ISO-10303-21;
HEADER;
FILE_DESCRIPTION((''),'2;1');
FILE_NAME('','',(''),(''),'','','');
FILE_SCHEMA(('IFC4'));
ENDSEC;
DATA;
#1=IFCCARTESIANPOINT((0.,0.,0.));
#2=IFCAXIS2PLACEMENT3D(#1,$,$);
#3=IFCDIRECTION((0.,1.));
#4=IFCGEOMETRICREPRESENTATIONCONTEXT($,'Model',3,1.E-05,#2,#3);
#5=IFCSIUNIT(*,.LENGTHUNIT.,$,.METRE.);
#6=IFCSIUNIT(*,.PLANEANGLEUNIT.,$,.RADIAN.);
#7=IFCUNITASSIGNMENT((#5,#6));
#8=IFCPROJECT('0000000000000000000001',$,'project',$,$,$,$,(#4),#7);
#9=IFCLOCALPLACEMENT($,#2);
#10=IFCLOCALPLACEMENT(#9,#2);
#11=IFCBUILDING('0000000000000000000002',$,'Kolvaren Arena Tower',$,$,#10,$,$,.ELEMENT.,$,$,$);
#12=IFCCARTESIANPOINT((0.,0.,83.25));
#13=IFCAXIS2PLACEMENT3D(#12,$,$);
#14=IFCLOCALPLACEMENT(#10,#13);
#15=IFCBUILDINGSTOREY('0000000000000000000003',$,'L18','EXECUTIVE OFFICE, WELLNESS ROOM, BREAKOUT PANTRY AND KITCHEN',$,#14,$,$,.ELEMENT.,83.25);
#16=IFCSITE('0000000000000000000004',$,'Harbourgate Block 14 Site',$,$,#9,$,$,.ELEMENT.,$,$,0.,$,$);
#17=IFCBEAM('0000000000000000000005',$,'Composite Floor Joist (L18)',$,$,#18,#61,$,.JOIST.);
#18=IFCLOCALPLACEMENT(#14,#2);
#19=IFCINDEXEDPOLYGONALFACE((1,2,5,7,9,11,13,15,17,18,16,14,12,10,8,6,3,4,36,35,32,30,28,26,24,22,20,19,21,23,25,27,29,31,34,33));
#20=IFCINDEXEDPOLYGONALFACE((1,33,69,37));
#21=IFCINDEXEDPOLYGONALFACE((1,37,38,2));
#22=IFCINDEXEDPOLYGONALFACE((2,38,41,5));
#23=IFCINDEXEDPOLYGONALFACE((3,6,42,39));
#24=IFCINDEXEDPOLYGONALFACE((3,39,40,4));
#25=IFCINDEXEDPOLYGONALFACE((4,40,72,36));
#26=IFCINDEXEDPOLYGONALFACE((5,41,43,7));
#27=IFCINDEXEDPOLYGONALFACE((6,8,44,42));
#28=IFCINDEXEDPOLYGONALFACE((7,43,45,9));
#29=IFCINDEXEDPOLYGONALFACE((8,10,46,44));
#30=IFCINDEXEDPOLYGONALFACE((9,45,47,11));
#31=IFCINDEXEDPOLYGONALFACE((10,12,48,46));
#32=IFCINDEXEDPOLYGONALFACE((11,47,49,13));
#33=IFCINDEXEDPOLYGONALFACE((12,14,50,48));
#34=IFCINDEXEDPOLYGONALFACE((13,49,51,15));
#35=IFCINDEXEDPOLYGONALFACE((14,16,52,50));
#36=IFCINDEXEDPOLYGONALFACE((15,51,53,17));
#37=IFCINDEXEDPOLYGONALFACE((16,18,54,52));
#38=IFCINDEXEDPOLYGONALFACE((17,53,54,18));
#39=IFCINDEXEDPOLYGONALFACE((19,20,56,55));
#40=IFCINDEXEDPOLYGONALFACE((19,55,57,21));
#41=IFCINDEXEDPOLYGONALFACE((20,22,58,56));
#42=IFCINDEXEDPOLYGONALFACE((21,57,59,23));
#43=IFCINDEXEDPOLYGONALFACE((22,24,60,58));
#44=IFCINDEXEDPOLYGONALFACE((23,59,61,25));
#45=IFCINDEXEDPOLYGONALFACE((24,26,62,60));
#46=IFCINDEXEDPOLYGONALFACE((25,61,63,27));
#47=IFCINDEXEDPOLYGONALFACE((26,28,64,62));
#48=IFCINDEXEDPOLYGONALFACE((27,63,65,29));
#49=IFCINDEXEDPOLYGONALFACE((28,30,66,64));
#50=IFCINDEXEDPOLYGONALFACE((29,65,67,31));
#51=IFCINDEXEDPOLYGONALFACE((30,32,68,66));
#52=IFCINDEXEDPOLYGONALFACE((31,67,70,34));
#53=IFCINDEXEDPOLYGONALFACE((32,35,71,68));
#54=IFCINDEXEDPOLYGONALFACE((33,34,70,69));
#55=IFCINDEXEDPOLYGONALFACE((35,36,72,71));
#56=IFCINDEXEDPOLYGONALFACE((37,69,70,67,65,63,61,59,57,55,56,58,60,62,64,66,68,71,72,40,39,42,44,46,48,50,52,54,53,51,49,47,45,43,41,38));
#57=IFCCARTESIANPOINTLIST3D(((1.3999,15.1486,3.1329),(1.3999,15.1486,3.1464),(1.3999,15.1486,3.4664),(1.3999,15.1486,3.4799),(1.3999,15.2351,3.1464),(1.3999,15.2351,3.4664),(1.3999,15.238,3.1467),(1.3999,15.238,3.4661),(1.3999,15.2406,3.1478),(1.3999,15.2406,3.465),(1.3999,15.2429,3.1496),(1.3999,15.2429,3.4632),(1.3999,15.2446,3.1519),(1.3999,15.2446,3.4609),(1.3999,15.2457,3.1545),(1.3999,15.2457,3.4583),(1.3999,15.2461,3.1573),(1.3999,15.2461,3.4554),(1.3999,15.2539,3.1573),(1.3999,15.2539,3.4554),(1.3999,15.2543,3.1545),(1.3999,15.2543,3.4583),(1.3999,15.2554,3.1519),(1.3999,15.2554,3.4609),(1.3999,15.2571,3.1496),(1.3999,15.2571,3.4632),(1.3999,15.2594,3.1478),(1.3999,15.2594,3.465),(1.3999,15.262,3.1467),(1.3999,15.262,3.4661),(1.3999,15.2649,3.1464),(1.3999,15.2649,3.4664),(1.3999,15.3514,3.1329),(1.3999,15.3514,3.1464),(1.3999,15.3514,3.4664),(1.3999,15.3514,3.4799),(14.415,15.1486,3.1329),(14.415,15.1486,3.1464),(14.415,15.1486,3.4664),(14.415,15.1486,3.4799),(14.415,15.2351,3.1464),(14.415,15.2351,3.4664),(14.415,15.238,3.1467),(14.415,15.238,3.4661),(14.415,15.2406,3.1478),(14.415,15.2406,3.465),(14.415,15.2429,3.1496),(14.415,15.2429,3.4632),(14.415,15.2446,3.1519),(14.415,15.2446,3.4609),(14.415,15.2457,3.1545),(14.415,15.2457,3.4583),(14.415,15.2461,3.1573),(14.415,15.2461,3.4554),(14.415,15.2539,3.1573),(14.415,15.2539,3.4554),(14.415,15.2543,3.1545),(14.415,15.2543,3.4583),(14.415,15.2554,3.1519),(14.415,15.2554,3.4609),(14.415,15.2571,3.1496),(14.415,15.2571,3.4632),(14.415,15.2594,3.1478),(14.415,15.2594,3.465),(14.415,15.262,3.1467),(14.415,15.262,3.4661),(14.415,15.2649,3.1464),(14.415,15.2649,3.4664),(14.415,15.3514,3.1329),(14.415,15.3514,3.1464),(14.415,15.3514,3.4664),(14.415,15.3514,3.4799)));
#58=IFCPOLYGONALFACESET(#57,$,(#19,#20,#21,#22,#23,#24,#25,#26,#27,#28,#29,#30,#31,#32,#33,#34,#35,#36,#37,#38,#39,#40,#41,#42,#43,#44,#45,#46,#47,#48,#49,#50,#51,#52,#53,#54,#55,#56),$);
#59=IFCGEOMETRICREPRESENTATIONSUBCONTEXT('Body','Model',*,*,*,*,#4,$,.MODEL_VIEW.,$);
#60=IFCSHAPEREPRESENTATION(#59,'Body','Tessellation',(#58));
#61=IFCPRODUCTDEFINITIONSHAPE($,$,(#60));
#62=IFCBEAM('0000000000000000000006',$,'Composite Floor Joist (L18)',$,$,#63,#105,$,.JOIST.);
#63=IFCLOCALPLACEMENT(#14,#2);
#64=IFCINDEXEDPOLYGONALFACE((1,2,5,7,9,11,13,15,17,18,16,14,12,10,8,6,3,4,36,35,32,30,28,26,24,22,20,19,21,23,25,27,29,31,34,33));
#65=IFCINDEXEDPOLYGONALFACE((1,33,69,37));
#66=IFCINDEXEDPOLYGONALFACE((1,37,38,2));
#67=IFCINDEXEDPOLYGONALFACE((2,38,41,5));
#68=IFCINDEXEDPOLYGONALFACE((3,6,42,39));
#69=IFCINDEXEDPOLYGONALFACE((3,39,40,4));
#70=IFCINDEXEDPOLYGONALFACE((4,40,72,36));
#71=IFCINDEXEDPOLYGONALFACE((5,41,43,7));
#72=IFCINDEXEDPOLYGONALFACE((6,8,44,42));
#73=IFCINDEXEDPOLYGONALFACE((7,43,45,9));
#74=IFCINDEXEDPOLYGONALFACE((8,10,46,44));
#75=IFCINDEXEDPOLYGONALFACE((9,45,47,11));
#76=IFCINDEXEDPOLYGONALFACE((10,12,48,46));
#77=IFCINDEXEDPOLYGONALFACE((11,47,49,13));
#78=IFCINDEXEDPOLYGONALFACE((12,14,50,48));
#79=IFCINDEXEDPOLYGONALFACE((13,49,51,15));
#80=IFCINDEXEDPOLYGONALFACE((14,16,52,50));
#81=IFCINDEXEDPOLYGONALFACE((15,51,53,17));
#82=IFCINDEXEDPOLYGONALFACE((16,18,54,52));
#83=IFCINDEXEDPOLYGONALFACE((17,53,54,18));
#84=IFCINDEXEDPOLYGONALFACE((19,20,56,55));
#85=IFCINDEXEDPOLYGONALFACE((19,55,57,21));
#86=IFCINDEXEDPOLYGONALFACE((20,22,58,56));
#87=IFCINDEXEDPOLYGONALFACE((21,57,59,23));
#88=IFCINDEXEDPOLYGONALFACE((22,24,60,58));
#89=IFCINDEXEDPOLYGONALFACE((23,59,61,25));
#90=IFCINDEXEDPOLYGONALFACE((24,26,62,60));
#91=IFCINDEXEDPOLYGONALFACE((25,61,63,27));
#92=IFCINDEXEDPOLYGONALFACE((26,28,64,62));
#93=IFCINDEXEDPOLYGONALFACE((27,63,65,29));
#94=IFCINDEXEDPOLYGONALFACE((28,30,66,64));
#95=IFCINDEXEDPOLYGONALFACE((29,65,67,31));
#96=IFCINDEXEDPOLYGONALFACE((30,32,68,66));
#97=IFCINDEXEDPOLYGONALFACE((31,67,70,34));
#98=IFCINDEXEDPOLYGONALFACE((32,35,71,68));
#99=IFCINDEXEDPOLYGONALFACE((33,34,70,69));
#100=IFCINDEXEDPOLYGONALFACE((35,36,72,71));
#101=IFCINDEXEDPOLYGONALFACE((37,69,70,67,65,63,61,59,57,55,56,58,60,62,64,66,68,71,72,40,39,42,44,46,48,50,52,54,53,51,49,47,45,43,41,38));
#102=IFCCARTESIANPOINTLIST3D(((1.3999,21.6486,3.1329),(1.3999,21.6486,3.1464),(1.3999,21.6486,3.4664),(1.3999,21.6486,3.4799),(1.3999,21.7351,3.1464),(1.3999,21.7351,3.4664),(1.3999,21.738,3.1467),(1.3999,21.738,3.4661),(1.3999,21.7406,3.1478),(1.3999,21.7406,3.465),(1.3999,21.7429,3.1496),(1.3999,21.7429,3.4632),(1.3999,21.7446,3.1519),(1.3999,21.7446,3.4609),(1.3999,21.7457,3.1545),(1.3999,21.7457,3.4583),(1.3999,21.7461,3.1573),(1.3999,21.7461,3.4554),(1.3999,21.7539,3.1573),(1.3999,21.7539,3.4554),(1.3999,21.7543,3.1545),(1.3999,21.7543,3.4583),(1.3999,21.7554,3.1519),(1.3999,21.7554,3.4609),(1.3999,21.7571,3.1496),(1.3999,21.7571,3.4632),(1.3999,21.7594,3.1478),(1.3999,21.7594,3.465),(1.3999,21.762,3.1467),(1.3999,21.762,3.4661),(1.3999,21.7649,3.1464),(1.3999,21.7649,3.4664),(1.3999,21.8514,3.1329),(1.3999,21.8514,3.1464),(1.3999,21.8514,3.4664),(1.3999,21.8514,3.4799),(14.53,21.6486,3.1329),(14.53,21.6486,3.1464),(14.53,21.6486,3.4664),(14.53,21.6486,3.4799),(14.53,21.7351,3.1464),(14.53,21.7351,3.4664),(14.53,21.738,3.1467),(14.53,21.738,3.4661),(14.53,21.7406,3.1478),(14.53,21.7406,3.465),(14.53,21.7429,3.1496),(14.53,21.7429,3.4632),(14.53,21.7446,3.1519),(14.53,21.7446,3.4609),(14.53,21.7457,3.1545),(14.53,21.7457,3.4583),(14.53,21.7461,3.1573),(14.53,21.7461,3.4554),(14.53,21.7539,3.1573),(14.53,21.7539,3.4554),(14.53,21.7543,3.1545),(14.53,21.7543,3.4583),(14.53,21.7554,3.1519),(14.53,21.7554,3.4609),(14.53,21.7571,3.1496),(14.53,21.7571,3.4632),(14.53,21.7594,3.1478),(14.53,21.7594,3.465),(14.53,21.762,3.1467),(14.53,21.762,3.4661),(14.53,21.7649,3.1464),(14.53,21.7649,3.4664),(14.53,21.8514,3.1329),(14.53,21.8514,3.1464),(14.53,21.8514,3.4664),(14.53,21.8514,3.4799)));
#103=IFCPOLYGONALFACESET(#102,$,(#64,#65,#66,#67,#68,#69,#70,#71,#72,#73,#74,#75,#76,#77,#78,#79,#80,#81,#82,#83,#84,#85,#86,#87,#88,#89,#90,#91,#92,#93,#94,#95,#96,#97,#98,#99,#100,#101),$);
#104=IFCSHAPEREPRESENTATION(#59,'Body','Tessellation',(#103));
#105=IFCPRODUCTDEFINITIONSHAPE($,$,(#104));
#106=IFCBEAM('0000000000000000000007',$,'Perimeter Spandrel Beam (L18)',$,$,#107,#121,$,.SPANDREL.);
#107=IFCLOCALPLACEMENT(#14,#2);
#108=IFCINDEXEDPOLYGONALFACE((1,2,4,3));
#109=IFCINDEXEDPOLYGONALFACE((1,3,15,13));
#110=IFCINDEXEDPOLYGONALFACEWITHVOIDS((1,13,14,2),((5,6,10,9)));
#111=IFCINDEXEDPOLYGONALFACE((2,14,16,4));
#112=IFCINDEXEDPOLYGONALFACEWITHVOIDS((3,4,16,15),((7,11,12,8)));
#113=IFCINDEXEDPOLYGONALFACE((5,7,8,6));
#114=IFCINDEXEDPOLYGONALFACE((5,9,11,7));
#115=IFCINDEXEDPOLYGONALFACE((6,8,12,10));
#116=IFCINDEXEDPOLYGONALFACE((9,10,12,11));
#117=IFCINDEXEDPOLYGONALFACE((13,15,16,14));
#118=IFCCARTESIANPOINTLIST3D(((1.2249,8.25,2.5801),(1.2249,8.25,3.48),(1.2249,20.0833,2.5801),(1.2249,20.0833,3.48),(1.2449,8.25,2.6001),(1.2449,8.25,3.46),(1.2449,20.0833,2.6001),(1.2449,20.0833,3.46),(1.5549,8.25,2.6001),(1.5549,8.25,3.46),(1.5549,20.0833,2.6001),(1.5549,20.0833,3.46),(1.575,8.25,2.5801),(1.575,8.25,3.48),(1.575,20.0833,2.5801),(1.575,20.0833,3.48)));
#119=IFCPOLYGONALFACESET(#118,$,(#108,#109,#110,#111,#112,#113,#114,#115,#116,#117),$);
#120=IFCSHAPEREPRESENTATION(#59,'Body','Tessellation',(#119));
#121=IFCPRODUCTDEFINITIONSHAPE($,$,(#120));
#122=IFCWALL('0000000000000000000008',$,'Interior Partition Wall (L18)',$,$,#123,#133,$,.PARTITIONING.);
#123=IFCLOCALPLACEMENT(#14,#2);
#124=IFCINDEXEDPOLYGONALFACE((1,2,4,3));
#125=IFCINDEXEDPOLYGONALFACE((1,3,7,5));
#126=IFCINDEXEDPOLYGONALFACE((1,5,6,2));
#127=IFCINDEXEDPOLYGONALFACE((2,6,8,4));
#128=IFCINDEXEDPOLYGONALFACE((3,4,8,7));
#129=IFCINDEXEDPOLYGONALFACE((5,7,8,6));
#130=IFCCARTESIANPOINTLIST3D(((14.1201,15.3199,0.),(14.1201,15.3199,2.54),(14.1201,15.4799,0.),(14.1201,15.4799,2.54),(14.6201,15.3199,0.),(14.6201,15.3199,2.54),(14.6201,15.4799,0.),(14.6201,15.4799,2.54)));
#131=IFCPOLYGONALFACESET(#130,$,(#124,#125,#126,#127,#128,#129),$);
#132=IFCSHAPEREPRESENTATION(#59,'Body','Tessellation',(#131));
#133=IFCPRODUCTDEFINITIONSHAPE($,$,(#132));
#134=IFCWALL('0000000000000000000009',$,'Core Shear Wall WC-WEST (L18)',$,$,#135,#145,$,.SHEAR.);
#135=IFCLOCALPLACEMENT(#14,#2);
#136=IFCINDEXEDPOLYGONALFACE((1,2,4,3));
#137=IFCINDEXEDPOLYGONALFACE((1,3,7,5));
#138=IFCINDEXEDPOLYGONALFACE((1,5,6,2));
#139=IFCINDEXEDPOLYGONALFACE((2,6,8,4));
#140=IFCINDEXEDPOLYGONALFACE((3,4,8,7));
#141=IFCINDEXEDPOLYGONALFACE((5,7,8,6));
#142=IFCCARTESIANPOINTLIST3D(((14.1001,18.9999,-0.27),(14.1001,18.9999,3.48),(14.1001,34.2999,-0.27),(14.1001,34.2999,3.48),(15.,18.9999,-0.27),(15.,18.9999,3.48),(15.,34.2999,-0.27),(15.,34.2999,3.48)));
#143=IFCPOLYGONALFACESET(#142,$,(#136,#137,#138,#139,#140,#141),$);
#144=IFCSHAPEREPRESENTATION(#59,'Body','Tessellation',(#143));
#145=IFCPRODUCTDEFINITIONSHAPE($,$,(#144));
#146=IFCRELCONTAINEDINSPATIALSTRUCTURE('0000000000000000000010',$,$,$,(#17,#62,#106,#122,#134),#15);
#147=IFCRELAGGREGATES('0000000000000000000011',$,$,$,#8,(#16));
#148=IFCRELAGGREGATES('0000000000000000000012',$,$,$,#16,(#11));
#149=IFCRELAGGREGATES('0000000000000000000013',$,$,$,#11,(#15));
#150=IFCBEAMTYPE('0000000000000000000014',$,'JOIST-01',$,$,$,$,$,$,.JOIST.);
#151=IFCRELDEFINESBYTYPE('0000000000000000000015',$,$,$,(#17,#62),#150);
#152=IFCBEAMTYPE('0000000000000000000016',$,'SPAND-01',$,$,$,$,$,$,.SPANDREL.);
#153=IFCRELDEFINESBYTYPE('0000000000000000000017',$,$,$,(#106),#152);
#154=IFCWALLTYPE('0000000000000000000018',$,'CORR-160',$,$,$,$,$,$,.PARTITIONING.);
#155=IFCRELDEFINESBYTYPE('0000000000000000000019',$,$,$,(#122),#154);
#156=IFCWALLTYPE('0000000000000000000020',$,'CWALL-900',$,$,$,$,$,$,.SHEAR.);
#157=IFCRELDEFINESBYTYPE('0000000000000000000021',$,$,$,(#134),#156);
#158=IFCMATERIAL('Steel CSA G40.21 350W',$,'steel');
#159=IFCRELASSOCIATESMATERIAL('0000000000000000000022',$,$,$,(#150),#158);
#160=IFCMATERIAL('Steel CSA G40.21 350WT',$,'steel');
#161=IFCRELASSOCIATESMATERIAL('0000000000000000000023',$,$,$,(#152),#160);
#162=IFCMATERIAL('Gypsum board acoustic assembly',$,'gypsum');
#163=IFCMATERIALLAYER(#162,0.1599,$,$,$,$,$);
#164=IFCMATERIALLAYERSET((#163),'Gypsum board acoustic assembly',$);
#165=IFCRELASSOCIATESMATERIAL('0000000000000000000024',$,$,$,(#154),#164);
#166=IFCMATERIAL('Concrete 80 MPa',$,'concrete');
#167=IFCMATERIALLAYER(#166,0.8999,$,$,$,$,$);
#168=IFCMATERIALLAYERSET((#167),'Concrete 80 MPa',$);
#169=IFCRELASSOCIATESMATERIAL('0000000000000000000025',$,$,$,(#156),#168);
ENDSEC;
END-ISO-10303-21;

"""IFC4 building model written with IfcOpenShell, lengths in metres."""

from ifc_helpers import new_model, si_unit, direction, frame, frame_2d, origin, origin_2d, place, context, subcontext, project, spatial, rectangle, hollow_rectangle, i_section, extrude, material, layer, layer_set, material_profile, profile_set, type_object, element, save


model = new_model("IFC4")

# Units and contexts
model_context = context("Model", 3, precision=1e-05, world=origin(), true_north=direction((0.0, 1.0)))
body_context = subcontext(model_context, "Body", "Model", "MODEL_VIEW")
ifc_project = project(units=[si_unit("LENGTHUNIT", "METRE"), si_unit("PLANEANGLEUNIT", "RADIAN")], contexts=[model_context])

# Site, building, storey
site_placement = place(None, origin())
site = spatial("IfcSite", under=ifc_project, at=site_placement, Name="Harbourgate Block 14 Site", CompositionType="ELEMENT", RefElevation=0.0)
building_placement = place(site_placement, origin())
building = spatial("IfcBuilding", under=site, at=building_placement, Name="Kolvaren Arena Tower", CompositionType="ELEMENT")
storey_placement = place(building_placement, frame((0.0, 0.0, 83.25)))
storey = spatial("IfcBuildingStorey", under=building, at=storey_placement, Name="L18", Description="EXECUTIVE OFFICE, WELLNESS ROOM, BREAKOUT PANTRY AND KITCHEN", CompositionType="ELEMENT", Elevation=83.25)

# Beams
ifc_material_1 = material(Name="Steel CSA G40.21 350W", Category="steel")
ifc_material_profile_1 = material_profile(ifc_material_1, i_section(OverallWidth=0.2029, OverallDepth=0.3469, WebThickness=0.0078, FlangeThickness=0.0134, FilletRadius=0.011, at=origin_2d()), Name="W360x64")
ifc_profile_set_1 = profile_set([ifc_material_profile_1], Name="Steel CSA G40.21 350W")
beam_type_1 = type_object("IfcBeamType", Name="JOIST-01", PredefinedType="JOIST", material=ifc_profile_set_1)
beam_1_placement = place(storey_placement, frame((1.3999, 15.25, 3.3064), z_axis=(1.0, 0.0, 0.0), x_axis=(0.0, 1.0, 0.0)))
element("IfcBeam", 1, at=beam_1_placement, inside=storey, type_object=beam_type_1, Name="Composite Floor Joist (L18)", PredefinedType="JOIST", context=body_context, shape_type="SweptSolid", body=[
    extrude(i_section(OverallWidth=0.2029, OverallDepth=0.3469, WebThickness=0.0078, FlangeThickness=0.0134, FilletRadius=0.011, at=origin_2d()), origin(), (0.0, 0.0, 1.0), 13.0151),
])
beam_2_placement = place(storey_placement, frame((1.3999, 21.75, 3.3064), z_axis=(1.0, 0.0, 0.0), x_axis=(0.0, 1.0, 0.0)))
element("IfcBeam", 2, at=beam_2_placement, inside=storey, type_object=beam_type_1, Name="Composite Floor Joist (L18)", PredefinedType="JOIST", context=body_context, shape_type="SweptSolid", body=[
    extrude(i_section(OverallWidth=0.2029, OverallDepth=0.3469, WebThickness=0.0078, FlangeThickness=0.0134, FilletRadius=0.011, at=origin_2d()), origin(), (0.0, 0.0, 1.0), 13.1301),
])
ifc_material_2 = material(Name="Steel CSA G40.21 350WT", Category="steel")
ifc_material_profile_2 = material_profile(ifc_material_2, hollow_rectangle(XDim=0.3501, YDim=0.8999, WallThickness=0.02, at=origin_2d()), Name="HSS 900x350x20")
ifc_profile_set_2 = profile_set([ifc_material_profile_2], Name="Steel CSA G40.21 350WT")
beam_type_2 = type_object("IfcBeamType", Name="SPAND-01", PredefinedType="SPANDREL", material=ifc_profile_set_2)
beam_3_placement = place(storey_placement, frame((1.3999, 20.0833, 3.03), z_axis=(0.0, -1.0, 0.0), x_axis=(1.0, 0.0, 0.0)))
element("IfcBeam", 3, at=beam_3_placement, inside=storey, type_object=beam_type_2, Name="Perimeter Spandrel Beam (L18)", PredefinedType="SPANDREL", context=body_context, shape_type="SweptSolid", body=[
    extrude(hollow_rectangle(XDim=0.3501, YDim=0.8999, WallThickness=0.02, at=origin_2d()), origin(), (0.0, 0.0, 1.0), 11.8333),
])

# Walls
ifc_material_3 = material(Name="Gypsum board acoustic assembly", Category="gypsum")
ifc_layer_1 = layer(ifc_material_3, 0.1599)
ifc_layer_set_1 = layer_set([ifc_layer_1], Name="Gypsum board acoustic assembly")
wall_type_1 = type_object("IfcWallType", Name="CORR-160", PredefinedType="PARTITIONING", material=ifc_layer_set_1)
wall_1_placement = place(storey_placement, frame((14.1201, 15.3999, 0.0), z_axis=(0.0, 0.0, 1.0), x_axis=(1.0, 0.0, 0.0)))
element("IfcWall", 4, at=wall_1_placement, inside=storey, type_object=wall_type_1, Name="Interior Partition Wall (L18)", PredefinedType="PARTITIONING", context=body_context, shape_type="SweptSolid", body=[
    extrude(rectangle(XDim=0.5, YDim=0.1599, at=frame_2d((0.25, 0.0))), origin(), (0.0, 0.0, 1.0), 2.54),
])
ifc_material_4 = material(Name="Concrete 80 MPa", Category="concrete")
ifc_layer_2 = layer(ifc_material_4, 0.8999)
ifc_layer_set_2 = layer_set([ifc_layer_2], Name="Concrete 80 MPa")
wall_type_2 = type_object("IfcWallType", Name="CWALL-900", PredefinedType="SHEAR", material=ifc_layer_set_2)
wall_2_placement = place(storey_placement, frame((14.55, 19.0, -0.27), z_axis=(0.0, 0.0, 1.0), x_axis=(0.0, 1.0, 0.0)))
element("IfcWall", 5, at=wall_2_placement, inside=storey, type_object=wall_type_2, Name="Core Shear Wall WC-WEST (L18)", PredefinedType="SHEAR", context=body_context, shape_type="SweptSolid", body=[
    extrude(rectangle(XDim=15.3, YDim=0.8999, at=frame_2d((7.6499, 0.0))), origin(), (0.0, 0.0, 1.0), 3.75),
])

save(model, "model.ifc")
